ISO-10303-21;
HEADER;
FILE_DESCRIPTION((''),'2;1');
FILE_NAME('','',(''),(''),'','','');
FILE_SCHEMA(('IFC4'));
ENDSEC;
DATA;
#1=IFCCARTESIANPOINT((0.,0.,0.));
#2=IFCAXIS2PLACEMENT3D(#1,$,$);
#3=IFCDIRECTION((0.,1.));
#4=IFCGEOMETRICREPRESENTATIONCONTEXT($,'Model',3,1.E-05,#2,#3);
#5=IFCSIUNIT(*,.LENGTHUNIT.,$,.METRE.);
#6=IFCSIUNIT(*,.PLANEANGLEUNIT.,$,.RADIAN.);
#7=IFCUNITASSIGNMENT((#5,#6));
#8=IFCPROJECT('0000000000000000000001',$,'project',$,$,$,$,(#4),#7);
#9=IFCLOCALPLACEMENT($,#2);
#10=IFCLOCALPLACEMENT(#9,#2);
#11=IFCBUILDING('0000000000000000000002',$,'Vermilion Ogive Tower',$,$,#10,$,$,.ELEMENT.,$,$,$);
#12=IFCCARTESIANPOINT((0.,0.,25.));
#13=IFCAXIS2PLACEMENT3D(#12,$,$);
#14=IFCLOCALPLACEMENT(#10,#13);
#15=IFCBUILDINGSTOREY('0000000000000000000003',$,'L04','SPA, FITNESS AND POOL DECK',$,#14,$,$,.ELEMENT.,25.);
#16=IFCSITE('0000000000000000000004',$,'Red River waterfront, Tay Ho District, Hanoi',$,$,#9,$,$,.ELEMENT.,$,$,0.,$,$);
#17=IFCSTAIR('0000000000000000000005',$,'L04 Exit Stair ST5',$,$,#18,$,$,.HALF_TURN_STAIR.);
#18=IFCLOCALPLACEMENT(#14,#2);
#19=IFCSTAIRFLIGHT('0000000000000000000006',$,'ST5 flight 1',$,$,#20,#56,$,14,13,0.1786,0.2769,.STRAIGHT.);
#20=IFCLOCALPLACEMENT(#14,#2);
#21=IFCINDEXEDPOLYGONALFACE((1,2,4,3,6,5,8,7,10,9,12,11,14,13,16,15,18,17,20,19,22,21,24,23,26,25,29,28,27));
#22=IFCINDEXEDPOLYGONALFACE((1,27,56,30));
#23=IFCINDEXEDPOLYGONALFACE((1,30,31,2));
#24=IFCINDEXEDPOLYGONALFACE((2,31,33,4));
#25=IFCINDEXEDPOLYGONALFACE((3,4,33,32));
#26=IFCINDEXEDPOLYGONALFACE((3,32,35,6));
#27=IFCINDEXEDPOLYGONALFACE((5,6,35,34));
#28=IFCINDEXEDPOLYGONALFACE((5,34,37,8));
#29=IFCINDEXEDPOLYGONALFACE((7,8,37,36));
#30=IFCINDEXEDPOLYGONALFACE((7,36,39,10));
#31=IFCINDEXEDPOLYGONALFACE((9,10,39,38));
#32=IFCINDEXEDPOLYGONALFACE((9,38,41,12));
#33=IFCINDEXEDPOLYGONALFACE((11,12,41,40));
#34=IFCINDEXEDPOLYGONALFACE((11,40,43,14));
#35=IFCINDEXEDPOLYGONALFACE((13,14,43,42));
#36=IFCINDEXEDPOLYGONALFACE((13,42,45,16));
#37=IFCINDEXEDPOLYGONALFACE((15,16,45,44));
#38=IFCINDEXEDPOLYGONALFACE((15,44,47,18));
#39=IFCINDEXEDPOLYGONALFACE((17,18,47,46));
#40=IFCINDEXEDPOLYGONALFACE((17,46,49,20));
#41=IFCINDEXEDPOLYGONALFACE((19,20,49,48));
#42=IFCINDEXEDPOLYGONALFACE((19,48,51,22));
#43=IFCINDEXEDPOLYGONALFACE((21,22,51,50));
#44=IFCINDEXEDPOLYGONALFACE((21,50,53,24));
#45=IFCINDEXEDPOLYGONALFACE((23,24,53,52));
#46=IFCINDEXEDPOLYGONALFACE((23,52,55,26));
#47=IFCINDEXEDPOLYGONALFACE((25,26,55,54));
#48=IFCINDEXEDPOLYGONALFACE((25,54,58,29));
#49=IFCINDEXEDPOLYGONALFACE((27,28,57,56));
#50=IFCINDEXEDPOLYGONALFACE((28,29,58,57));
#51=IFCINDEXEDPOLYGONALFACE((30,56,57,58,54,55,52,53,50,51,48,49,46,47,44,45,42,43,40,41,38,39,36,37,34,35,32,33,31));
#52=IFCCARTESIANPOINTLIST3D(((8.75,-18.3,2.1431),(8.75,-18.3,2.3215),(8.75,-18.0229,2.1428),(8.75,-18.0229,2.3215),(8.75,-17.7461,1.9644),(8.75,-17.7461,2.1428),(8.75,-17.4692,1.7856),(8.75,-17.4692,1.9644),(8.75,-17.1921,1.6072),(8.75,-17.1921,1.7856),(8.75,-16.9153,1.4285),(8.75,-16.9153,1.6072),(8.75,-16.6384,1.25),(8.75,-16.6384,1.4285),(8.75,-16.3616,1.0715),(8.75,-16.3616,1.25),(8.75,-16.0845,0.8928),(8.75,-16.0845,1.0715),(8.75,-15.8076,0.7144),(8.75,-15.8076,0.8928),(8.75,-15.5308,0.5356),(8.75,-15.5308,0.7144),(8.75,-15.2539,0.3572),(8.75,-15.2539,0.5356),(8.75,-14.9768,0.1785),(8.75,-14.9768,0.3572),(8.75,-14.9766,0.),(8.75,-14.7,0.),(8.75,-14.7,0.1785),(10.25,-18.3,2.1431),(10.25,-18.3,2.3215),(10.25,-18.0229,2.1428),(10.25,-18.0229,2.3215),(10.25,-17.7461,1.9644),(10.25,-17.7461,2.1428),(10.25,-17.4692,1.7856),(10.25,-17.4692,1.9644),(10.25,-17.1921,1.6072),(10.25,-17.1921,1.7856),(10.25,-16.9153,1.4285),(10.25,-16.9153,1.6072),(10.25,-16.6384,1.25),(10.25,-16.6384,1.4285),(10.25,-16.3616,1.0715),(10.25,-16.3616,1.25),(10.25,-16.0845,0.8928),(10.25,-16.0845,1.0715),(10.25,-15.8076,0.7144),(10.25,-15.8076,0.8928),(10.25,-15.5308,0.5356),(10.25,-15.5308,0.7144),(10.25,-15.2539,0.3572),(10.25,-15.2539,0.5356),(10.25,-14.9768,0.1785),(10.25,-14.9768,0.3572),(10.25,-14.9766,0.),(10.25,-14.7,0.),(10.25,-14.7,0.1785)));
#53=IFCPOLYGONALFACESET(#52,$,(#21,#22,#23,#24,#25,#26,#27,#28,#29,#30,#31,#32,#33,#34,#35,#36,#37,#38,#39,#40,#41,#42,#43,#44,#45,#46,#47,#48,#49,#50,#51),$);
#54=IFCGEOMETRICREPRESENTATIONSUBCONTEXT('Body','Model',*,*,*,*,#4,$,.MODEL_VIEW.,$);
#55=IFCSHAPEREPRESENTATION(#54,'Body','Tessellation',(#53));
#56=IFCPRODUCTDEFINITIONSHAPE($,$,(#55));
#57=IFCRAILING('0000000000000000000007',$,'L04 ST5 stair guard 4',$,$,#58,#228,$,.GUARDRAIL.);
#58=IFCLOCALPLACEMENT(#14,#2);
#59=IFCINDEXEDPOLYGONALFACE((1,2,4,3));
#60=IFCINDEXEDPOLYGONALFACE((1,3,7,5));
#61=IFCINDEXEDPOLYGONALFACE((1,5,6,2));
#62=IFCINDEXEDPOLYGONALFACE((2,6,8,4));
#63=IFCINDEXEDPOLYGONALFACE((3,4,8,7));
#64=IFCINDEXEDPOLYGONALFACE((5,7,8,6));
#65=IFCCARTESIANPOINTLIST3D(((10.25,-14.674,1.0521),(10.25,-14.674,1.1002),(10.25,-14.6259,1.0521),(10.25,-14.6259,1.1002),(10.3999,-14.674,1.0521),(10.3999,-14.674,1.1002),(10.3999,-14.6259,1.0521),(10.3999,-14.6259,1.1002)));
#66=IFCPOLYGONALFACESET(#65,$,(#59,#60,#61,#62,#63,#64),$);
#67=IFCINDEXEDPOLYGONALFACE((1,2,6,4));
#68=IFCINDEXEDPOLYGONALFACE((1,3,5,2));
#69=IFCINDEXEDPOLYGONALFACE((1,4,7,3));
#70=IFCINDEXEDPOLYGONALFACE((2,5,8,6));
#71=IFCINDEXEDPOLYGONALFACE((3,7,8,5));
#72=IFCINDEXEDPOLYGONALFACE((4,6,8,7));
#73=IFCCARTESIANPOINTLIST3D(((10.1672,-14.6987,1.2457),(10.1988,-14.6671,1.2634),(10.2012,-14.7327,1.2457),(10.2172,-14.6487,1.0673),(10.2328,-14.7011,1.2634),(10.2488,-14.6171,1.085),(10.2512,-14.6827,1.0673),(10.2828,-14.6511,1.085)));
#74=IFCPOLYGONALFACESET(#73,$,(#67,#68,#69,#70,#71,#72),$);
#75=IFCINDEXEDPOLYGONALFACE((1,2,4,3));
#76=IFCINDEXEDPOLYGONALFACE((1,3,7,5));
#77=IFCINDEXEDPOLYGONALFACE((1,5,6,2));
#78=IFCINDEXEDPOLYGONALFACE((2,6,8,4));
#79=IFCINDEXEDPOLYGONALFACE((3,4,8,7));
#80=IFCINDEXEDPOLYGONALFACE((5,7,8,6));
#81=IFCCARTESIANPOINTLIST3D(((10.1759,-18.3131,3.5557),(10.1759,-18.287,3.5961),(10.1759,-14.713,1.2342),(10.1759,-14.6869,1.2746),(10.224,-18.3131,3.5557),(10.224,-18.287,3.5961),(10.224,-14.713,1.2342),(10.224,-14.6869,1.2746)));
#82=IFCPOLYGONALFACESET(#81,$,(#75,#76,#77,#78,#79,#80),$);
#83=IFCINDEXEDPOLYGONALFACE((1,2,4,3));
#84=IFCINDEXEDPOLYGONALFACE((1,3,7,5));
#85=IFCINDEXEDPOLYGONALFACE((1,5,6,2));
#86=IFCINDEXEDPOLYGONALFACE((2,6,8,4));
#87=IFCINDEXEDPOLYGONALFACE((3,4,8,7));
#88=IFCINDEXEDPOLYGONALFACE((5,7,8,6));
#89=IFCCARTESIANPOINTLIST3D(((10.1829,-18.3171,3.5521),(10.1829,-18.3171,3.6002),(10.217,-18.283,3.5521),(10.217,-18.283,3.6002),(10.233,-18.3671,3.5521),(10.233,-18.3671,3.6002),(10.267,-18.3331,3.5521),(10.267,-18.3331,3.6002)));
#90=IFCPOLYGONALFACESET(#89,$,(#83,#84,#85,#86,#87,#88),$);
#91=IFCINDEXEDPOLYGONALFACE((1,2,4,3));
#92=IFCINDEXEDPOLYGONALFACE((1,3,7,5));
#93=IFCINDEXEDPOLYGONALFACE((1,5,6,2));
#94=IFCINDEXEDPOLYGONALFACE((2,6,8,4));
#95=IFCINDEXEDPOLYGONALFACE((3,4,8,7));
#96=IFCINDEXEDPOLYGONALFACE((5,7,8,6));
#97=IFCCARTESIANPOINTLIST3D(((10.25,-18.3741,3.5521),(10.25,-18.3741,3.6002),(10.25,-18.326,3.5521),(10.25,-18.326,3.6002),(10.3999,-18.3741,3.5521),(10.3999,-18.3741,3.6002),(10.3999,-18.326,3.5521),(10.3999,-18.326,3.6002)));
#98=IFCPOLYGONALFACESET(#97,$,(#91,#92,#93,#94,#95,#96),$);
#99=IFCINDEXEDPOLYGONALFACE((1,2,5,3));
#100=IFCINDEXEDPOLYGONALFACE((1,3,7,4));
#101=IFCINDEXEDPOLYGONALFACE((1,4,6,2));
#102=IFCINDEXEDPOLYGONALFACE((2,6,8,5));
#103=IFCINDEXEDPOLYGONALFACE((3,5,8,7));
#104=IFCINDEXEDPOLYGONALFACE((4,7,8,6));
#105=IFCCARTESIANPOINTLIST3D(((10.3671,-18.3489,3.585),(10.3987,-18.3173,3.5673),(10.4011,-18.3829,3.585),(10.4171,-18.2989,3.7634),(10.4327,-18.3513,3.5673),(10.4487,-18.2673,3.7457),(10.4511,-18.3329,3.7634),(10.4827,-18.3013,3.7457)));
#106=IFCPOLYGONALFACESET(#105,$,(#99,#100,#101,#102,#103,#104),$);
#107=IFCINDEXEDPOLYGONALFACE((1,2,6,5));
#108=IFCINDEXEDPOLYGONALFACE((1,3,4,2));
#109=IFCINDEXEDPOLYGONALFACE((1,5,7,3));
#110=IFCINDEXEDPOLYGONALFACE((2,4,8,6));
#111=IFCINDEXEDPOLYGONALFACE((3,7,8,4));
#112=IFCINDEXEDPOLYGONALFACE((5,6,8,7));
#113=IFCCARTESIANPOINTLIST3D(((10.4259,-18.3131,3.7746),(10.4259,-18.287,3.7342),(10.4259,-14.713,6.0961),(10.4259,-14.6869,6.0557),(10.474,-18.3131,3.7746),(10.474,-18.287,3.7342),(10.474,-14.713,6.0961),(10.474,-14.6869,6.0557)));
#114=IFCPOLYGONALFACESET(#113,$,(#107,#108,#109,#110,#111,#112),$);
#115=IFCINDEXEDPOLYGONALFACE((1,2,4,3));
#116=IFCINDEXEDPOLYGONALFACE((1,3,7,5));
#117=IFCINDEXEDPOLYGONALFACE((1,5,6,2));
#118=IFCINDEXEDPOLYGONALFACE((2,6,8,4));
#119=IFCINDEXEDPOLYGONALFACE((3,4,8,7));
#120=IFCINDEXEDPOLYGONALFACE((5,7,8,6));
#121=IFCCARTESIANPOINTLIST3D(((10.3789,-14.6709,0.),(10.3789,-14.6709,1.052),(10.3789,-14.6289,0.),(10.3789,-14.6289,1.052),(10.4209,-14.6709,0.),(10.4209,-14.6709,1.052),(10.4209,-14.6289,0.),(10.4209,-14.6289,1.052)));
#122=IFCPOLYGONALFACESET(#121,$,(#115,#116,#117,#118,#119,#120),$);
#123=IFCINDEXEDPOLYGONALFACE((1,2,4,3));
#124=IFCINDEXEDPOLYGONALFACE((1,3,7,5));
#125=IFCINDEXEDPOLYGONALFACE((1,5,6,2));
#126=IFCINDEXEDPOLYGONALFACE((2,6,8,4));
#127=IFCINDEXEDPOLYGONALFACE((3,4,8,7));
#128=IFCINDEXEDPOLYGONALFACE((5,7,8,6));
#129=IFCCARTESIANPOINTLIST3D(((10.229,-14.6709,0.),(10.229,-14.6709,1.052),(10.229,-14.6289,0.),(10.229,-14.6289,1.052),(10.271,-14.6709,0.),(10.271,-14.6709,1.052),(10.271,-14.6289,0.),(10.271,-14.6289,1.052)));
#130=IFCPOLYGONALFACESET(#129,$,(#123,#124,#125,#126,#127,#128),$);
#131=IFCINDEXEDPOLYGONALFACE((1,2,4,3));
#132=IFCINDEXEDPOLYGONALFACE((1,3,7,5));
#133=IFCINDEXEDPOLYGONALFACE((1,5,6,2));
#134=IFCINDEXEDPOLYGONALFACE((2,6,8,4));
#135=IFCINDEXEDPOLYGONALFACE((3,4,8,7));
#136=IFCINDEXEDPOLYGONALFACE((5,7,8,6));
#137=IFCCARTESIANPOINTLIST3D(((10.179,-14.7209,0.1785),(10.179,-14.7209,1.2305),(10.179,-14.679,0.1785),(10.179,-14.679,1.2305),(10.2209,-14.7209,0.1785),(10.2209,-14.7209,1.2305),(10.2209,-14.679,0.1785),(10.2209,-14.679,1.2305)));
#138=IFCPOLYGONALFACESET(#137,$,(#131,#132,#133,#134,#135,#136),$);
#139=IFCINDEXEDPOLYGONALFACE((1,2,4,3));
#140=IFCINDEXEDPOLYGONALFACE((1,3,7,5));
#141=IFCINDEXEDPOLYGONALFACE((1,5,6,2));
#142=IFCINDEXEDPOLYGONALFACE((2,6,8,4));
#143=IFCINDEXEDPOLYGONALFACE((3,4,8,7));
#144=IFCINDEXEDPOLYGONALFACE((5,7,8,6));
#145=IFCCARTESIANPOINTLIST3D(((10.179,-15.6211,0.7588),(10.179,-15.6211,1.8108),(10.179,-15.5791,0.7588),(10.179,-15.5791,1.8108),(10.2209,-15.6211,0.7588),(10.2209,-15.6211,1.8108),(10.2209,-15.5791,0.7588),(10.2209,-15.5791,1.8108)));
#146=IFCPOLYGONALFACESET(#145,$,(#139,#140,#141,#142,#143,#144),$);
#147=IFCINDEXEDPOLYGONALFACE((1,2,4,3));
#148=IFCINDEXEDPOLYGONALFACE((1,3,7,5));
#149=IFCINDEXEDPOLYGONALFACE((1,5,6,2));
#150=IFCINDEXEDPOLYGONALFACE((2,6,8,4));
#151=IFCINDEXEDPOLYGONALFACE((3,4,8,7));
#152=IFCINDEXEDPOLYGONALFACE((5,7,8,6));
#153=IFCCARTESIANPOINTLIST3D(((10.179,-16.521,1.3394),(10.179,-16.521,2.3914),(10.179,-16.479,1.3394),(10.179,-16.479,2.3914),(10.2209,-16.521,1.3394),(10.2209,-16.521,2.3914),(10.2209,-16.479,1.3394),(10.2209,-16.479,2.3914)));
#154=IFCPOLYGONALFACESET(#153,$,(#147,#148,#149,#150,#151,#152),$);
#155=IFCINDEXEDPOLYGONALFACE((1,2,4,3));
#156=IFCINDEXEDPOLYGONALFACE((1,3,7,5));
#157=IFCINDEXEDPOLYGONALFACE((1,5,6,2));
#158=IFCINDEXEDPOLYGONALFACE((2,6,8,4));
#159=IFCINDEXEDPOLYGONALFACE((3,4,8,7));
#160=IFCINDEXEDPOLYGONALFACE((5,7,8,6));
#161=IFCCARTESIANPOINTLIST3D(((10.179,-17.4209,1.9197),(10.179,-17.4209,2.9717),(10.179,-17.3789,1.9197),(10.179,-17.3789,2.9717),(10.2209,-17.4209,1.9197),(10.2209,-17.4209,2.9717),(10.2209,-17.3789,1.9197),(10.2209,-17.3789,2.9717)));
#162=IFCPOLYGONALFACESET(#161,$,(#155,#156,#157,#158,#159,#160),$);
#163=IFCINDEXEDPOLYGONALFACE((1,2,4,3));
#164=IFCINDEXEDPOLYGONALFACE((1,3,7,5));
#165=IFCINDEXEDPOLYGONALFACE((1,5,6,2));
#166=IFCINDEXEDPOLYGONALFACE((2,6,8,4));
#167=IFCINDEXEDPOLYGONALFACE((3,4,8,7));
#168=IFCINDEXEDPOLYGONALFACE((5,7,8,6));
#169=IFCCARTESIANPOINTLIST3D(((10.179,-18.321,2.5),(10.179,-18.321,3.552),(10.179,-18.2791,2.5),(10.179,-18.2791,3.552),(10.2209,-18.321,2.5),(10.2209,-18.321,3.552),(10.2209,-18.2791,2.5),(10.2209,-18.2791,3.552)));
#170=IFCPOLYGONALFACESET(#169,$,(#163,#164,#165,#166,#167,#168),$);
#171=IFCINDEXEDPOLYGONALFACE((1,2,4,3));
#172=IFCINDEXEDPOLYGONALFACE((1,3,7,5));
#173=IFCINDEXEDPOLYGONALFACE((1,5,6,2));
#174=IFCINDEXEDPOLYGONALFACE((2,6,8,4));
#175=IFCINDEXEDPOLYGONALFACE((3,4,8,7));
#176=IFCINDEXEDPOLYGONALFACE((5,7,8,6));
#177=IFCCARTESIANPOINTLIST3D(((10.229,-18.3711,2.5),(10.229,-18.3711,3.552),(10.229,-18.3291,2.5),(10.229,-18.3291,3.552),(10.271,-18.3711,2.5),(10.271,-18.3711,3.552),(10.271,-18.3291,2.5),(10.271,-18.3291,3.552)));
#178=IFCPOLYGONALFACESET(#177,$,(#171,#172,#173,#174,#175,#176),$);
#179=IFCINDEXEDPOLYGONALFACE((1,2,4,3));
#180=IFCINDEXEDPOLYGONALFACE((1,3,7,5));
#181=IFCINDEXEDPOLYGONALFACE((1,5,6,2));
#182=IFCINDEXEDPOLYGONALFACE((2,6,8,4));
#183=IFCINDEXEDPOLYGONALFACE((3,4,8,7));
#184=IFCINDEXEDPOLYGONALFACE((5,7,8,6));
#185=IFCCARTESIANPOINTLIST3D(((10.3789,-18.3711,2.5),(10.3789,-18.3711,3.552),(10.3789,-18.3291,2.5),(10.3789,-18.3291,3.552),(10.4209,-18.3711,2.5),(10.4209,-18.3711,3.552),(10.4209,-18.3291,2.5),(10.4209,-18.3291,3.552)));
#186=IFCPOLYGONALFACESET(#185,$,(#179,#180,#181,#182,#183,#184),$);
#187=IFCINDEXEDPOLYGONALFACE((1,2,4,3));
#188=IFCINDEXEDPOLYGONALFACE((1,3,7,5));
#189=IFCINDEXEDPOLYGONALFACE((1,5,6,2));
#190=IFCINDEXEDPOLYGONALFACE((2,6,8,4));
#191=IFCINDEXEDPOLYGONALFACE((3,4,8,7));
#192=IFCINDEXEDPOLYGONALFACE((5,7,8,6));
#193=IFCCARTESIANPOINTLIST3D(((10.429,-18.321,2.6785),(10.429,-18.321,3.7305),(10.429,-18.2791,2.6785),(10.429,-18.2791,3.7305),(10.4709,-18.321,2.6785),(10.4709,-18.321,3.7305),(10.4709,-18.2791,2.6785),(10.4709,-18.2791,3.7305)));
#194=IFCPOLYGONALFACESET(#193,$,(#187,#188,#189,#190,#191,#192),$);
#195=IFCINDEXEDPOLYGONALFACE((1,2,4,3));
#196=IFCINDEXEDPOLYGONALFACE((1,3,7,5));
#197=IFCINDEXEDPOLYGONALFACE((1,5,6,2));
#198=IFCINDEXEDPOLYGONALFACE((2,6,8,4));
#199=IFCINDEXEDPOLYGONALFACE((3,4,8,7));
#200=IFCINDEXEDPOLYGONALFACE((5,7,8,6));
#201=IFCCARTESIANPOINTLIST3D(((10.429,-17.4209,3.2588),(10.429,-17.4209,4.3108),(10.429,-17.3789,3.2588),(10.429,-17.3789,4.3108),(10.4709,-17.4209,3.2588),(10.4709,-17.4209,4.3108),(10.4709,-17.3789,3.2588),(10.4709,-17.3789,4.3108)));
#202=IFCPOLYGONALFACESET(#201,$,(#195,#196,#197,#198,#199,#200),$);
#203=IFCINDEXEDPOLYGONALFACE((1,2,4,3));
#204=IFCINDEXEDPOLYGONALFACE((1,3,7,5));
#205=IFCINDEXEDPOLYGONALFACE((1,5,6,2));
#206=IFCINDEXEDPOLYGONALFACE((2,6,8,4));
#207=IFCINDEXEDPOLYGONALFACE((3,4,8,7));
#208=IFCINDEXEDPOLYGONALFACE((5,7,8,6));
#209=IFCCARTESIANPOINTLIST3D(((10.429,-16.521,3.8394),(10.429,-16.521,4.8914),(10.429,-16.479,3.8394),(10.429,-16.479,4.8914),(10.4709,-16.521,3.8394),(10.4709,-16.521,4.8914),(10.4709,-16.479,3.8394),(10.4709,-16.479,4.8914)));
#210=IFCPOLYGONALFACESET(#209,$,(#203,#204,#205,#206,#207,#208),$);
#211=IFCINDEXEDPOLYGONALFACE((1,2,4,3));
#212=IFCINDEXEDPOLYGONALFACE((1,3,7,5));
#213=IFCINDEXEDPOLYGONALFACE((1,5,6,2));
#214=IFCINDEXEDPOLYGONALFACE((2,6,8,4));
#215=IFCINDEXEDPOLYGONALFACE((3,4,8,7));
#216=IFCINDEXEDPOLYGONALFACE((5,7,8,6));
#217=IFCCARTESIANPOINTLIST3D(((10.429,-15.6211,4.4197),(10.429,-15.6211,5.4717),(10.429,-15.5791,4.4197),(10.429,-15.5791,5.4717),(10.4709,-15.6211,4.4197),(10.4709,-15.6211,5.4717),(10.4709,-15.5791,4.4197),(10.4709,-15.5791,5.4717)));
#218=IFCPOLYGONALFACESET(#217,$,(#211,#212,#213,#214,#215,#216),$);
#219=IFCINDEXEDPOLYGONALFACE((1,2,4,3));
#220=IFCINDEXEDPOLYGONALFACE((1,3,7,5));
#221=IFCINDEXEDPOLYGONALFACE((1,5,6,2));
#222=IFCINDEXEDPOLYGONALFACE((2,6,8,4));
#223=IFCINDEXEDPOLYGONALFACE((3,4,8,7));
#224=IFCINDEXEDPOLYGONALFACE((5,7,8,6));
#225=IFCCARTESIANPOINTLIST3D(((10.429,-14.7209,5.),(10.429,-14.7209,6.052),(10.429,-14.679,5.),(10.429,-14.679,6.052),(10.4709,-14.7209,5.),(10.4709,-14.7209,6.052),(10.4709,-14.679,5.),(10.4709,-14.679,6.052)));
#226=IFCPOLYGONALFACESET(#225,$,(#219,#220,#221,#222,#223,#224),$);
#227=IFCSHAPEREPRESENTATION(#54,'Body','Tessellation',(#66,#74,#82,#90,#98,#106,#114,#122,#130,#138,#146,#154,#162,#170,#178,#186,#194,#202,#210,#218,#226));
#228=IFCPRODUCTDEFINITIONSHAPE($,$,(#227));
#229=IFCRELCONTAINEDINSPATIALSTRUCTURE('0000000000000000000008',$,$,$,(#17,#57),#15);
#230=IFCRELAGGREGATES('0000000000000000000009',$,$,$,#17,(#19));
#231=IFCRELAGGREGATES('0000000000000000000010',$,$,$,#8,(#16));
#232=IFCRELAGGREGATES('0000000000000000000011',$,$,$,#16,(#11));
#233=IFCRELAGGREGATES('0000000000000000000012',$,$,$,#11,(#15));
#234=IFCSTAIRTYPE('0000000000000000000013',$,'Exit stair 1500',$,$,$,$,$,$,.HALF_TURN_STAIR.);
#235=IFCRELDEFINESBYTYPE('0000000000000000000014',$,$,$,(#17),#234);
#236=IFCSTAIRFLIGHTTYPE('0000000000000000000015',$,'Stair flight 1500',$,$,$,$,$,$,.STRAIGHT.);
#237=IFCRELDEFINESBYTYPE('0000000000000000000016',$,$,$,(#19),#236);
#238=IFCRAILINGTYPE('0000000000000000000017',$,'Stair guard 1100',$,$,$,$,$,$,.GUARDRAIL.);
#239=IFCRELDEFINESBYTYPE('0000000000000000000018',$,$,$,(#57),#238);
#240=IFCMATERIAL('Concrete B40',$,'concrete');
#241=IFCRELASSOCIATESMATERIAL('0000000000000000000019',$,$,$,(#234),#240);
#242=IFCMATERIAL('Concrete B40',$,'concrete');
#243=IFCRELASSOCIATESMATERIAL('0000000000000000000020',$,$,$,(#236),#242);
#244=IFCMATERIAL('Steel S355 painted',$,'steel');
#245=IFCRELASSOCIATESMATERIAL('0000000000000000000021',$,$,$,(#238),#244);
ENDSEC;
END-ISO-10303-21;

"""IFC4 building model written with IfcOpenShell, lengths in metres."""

from ifc_helpers import new_model, si_unit, direction, frame, origin, origin_2d, place, context, subcontext, project, spatial, polyline, rectangle, outline, extrude, material, type_object, element, aggregate, save


model = new_model("IFC4")

# Units and contexts
model_context = context("Model", 3, precision=1e-05, world=origin(), true_north=direction((0.0, 1.0)))
body_context = subcontext(model_context, "Body", "Model", "MODEL_VIEW")
ifc_project = project(units=[si_unit("LENGTHUNIT", "METRE"), si_unit("PLANEANGLEUNIT", "RADIAN")], contexts=[model_context])

# Site, building, storey
site_placement = place(None, origin())
site = spatial("IfcSite", under=ifc_project, at=site_placement, Name="Red River waterfront, Tay Ho District, Hanoi", CompositionType="ELEMENT", RefElevation=0.0)
building_placement = place(site_placement, origin())
building = spatial("IfcBuilding", under=site, at=building_placement, Name="Vermilion Ogive Tower", CompositionType="ELEMENT")
storey_placement = place(building_placement, frame((0.0, 0.0, 25.0)))
storey = spatial("IfcBuildingStorey", under=building, at=storey_placement, Name="L04", Description="SPA, FITNESS AND POOL DECK", CompositionType="ELEMENT", Elevation=25.0)

# Stair, stair flight
ifc_material_1 = material(Name="Concrete B40", Category="concrete")
stair_type = type_object("IfcStairType", Name="Exit stair 1500", PredefinedType="HALF_TURN_STAIR", material=ifc_material_1)
stair_placement = place(storey_placement, origin())
stair = element("IfcStair", 1, at=stair_placement, inside=storey, type_object=stair_type, Name="L04 Exit Stair ST5", PredefinedType="HALF_TURN_STAIR")
ifc_material_2 = material(Name="Concrete B40", Category="concrete")
stair_flight_type = type_object("IfcStairFlightType", Name="Stair flight 1500", PredefinedType="STRAIGHT", material=ifc_material_2)
stair_flight_placement = place(storey_placement, frame((9.5, -14.7, 0.0), z_axis=(0.0, 0.0, 1.0), x_axis=(0.0, -1.0, 0.0)))
stair_flight = element("IfcStairFlight", 2, at=stair_flight_placement, type_object=stair_flight_type, Name="ST5 flight 1", NumberOfRisers=14, NumberOfTreads=13, PredefinedType="STRAIGHT", RiserHeight=0.1786, TreadLength=0.2769, context=body_context, shape_type="SweptSolid", body=[
    extrude(outline(polyline([(0.0, 0.0), (0.0, 0.1785), (0.2769, 0.1785), (0.2769, 0.3572), (0.554, 0.3572), (0.554, 0.5356), (0.8308, 0.5356), (0.8308, 0.7144), (1.1077, 0.7144), (1.1077, 0.8928), (1.3845, 0.8928), (1.3845, 1.0715), (1.6616, 1.0715), (1.6616, 1.25), (1.9385, 1.25), (1.9385, 1.4285), (2.2153, 1.4285), (2.2153, 1.6072), (2.4922, 1.6072), (2.4922, 1.7856), (2.7693, 1.7856), (2.7693, 1.9644), (3.0461, 1.9644), (3.0461, 2.1428), (3.323, 2.1428), (3.323, 2.3215), (3.6001, 2.3215), (3.6001, 2.5), (3.6001, 2.1431), (0.2766, 0.0), (0.0, 0.0)])), frame((0.0, 0.75, 0.0), z_axis=(0.0, -1.0, 0.0), x_axis=(1.0, 0.0, 0.0)), (0.0, 0.0, 1.0), 1.5),
])
aggregate(stair, [stair_flight])

# Railing
ifc_material_3 = material(Name="Steel S355 painted", Category="steel")
railing_type_1 = type_object("IfcRailingType", Name="Stair guard 1100", PredefinedType="GUARDRAIL", material=ifc_material_3)
railing_1_placement = place(storey_placement, frame((10.3999, -14.6499, 0.0)))
element("IfcRailing", 3, at=railing_1_placement, inside=storey, type_object=railing_type_1, Name="L04 ST5 stair guard 4", PredefinedType="GUARDRAIL", context=body_context, shape_type="SweptSolid", body=[
    extrude(rectangle(XDim=0.0481, YDim=0.0481, at=origin_2d()), frame((0.0, 0.0, 1.0762), z_axis=(-1.0, 0.0, 0.0), x_axis=(0.0, -1.0, 0.0)), (0.0, 0.0, 1.0), 0.1499),
    extrude(rectangle(XDim=0.0481, YDim=0.0481, at=origin_2d()), frame((-0.1499, 0.0, 1.0762), z_axis=(-0.260685, -0.260685, 0.929563), x_axis=(0.707107, -0.707107, 0.0)), (0.0, 0.0, 1.0), 0.1919),
    extrude(rectangle(XDim=0.0481, YDim=0.0481, at=origin_2d()), frame((-0.2, -0.05, 1.2544), z_axis=(0.0, -0.840415, 0.541944), x_axis=(1.0, 0.0, 0.0)), (0.0, 0.0, 1.0), 4.2837),
    extrude(rectangle(XDim=0.0481, YDim=0.0481, at=origin_2d()), frame((-0.2, -3.6501, 3.5762), z_axis=(0.707107, -0.707107, 0.0), x_axis=(0.707107, 0.707107, 0.0)), (0.0, 0.0, 1.0), 0.0708),
    extrude(rectangle(XDim=0.0481, YDim=0.0481, at=origin_2d()), frame((-0.1499, -3.7002, 3.5762), z_axis=(1.0, 0.0, 0.0), x_axis=(0.0, 1.0, 0.0)), (0.0, 0.0, 1.0), 0.1499),
    extrude(rectangle(XDim=0.0481, YDim=0.0481, at=origin_2d()), frame((0.0, -3.7002, 3.5762), z_axis=(0.260685, 0.260685, 0.929563), x_axis=(-0.707107, 0.707107, 0.0)), (0.0, 0.0, 1.0), 0.1919),
    extrude(rectangle(XDim=0.0481, YDim=0.0481, at=origin_2d()), frame((0.05, -3.6501, 3.7544), z_axis=(0.0, 0.840415, 0.541944), x_axis=(-1.0, 0.0, 0.0)), (0.0, 0.0, 1.0), 4.2837),
    extrude(rectangle(XDim=0.042, YDim=0.042, at=origin_2d()), origin(), (0.0, 0.0, 1.0), 1.052),
    extrude(rectangle(XDim=0.042, YDim=0.042, at=origin_2d()), frame((-0.1499, 0.0, 0.0)), (0.0, 0.0, 1.0), 1.052),
    extrude(rectangle(XDim=0.042, YDim=0.042, at=origin_2d()), frame((-0.2, -0.05, 0.1785)), (0.0, 0.0, 1.0), 1.052),
    extrude(rectangle(XDim=0.042, YDim=0.042, at=origin_2d()), frame((-0.2, -0.9502, 0.7588)), (0.0, 0.0, 1.0), 1.052),
    extrude(rectangle(XDim=0.042, YDim=0.042, at=origin_2d()), frame((-0.2, -1.8501, 1.3394)), (0.0, 0.0, 1.0), 1.052),
    extrude(rectangle(XDim=0.042, YDim=0.042, at=origin_2d()), frame((-0.2, -2.75, 1.9197)), (0.0, 0.0, 1.0), 1.052),
    extrude(rectangle(XDim=0.042, YDim=0.042, at=origin_2d()), frame((-0.2, -3.6501, 2.5)), (0.0, 0.0, 1.0), 1.052),
    extrude(rectangle(XDim=0.042, YDim=0.042, at=origin_2d()), frame((-0.1499, -3.7002, 2.5)), (0.0, 0.0, 1.0), 1.052),
    extrude(rectangle(XDim=0.042, YDim=0.042, at=origin_2d()), frame((0.0, -3.7002, 2.5)), (0.0, 0.0, 1.0), 1.052),
    extrude(rectangle(XDim=0.042, YDim=0.042, at=origin_2d()), frame((0.05, -3.6501, 2.6785)), (0.0, 0.0, 1.0), 1.052),
    extrude(rectangle(XDim=0.042, YDim=0.042, at=origin_2d()), frame((0.05, -2.75, 3.2588)), (0.0, 0.0, 1.0), 1.052),
    extrude(rectangle(XDim=0.042, YDim=0.042, at=origin_2d()), frame((0.05, -1.8501, 3.8394)), (0.0, 0.0, 1.0), 1.052),
    extrude(rectangle(XDim=0.042, YDim=0.042, at=origin_2d()), frame((0.05, -0.9502, 4.4197)), (0.0, 0.0, 1.0), 1.052),
    extrude(rectangle(XDim=0.042, YDim=0.042, at=origin_2d()), frame((0.05, -0.05, 5.0)), (0.0, 0.0, 1.0), 1.052),
])

save(model, "model.ifc")
